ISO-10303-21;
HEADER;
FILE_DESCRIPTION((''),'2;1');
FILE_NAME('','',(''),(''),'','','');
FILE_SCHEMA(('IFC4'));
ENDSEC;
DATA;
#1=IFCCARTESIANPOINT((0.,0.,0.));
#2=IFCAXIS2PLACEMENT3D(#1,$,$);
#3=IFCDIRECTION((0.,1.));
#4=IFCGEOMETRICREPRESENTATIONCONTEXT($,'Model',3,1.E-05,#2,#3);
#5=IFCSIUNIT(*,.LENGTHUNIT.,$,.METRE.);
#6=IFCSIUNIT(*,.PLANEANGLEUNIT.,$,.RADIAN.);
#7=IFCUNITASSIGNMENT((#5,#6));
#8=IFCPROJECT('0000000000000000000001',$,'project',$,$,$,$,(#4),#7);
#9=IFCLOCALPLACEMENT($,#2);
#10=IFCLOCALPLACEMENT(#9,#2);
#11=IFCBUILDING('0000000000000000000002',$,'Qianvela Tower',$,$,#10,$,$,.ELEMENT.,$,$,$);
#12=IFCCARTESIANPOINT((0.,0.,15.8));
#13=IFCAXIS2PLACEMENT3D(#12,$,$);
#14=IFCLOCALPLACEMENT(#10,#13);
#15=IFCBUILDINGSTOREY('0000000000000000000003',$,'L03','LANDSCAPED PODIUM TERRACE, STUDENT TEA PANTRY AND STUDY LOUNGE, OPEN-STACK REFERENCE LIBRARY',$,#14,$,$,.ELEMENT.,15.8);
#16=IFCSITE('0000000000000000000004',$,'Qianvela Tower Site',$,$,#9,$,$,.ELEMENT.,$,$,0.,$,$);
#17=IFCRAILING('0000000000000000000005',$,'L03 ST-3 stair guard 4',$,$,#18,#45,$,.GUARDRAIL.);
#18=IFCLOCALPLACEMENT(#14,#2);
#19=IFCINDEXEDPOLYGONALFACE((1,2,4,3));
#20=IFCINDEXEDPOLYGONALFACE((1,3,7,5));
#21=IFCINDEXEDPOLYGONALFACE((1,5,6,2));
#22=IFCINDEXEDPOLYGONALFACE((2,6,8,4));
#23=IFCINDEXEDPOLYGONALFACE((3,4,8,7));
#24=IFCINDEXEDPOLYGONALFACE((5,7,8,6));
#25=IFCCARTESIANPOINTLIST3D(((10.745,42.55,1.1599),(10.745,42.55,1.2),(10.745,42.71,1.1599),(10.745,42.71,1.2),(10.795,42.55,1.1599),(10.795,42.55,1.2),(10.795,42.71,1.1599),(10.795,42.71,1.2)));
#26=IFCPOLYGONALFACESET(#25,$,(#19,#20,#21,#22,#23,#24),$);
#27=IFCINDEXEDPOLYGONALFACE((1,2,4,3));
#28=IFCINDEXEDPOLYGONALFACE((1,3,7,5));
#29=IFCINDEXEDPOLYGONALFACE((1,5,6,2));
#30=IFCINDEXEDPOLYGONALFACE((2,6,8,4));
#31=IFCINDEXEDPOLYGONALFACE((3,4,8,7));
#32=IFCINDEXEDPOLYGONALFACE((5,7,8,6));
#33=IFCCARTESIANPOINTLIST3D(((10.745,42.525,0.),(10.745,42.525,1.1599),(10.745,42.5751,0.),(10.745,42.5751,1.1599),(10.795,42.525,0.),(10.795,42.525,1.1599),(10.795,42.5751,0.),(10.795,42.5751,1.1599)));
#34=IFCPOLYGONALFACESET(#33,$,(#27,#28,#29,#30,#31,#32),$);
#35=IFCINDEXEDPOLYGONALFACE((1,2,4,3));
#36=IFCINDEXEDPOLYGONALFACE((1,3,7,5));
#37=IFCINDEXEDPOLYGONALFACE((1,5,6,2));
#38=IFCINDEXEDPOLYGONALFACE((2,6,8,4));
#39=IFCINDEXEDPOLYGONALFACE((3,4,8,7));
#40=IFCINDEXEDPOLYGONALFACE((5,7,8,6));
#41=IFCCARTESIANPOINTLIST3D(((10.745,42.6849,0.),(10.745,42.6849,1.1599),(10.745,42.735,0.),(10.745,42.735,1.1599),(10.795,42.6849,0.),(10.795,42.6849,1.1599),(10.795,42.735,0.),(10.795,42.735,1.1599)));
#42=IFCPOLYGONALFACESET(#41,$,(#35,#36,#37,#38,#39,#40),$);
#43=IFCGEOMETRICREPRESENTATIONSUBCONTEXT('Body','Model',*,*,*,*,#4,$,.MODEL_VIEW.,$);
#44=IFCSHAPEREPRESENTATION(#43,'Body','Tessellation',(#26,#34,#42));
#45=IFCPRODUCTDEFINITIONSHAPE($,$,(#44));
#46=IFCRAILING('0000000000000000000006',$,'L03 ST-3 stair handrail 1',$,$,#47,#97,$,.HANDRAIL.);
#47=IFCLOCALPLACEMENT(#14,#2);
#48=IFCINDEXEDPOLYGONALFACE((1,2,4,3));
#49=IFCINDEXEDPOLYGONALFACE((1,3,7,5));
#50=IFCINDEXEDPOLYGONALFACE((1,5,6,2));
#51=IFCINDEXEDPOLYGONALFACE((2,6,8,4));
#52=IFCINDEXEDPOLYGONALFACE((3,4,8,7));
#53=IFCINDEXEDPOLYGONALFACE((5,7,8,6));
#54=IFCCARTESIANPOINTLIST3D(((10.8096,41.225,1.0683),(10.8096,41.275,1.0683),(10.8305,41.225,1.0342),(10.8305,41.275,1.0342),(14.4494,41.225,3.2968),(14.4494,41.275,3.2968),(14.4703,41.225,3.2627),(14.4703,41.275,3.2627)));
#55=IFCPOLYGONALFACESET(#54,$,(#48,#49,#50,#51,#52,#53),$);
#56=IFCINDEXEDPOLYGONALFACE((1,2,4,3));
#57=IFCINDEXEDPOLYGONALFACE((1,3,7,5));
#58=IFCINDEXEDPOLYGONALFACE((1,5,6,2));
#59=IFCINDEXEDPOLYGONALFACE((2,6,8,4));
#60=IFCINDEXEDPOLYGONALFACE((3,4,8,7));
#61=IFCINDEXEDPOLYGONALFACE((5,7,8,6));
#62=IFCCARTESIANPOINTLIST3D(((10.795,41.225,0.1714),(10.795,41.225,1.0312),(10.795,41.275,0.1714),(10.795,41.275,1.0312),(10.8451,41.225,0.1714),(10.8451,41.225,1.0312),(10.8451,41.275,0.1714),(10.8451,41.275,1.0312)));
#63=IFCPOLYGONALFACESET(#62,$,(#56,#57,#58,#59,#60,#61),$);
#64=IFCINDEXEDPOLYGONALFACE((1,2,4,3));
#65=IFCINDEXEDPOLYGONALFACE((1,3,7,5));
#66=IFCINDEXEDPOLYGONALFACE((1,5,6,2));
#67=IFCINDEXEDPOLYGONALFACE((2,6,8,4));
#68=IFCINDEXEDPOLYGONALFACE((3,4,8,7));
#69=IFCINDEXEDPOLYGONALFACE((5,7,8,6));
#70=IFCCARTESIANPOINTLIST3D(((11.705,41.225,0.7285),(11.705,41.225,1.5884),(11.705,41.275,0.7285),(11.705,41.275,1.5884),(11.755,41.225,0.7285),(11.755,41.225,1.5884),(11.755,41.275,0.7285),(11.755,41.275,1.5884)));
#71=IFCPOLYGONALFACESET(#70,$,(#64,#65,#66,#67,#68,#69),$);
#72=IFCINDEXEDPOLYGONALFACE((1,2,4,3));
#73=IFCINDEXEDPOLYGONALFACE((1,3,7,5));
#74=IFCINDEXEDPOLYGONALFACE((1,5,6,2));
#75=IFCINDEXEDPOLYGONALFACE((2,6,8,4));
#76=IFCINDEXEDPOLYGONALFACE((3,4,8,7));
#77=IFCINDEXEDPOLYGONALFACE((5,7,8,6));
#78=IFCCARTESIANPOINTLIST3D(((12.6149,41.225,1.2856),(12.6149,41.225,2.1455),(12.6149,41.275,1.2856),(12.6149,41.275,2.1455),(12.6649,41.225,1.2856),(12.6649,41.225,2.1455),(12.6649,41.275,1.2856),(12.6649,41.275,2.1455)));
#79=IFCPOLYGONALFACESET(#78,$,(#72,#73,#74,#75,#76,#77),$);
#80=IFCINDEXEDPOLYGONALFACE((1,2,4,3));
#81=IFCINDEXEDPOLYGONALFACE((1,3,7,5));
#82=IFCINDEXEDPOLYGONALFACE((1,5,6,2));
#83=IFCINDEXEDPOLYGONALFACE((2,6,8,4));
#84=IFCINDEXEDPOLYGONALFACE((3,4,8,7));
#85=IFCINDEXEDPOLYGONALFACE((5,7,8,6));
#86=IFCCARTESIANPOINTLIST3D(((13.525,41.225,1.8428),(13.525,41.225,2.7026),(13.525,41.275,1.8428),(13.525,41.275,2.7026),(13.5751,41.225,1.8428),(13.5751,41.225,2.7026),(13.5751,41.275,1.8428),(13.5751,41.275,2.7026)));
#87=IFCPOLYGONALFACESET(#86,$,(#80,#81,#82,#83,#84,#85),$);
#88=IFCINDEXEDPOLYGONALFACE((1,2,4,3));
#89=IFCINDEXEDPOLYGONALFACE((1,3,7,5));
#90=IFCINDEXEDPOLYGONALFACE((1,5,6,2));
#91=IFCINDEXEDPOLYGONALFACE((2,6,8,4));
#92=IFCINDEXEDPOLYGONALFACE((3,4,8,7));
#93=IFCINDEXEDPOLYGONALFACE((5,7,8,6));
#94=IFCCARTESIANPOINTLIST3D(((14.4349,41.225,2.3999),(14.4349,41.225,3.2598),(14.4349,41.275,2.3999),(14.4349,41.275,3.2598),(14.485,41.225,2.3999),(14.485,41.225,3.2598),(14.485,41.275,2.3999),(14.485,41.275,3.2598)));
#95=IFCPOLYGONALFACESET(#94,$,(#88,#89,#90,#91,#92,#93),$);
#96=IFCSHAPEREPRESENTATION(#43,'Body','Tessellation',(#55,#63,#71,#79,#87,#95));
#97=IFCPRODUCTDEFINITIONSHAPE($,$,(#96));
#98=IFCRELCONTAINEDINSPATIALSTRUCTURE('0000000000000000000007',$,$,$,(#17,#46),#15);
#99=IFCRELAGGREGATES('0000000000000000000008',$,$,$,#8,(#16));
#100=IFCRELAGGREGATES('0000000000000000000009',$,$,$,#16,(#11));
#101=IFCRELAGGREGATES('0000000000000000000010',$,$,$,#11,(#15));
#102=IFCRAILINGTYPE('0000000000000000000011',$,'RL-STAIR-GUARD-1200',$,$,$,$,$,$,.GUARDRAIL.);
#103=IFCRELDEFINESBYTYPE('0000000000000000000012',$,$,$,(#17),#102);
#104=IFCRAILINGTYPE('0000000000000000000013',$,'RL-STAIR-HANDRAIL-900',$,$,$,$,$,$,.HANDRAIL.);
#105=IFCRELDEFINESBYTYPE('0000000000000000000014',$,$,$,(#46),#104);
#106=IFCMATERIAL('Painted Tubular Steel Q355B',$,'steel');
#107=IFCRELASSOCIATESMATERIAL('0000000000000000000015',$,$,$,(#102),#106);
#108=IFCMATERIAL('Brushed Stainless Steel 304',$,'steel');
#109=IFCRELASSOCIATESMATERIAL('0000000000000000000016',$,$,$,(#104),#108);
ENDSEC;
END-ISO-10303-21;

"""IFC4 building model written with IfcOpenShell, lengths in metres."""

from ifc_helpers import new_model, si_unit, direction, frame, origin, origin_2d, place, context, subcontext, project, spatial, rectangle, extrude, material, type_object, element, save


model = new_model("IFC4")

# Units and contexts
model_context = context("Model", 3, precision=1e-05, world=origin(), true_north=direction((0.0, 1.0)))
body_context = subcontext(model_context, "Body", "Model", "MODEL_VIEW")
ifc_project = project(units=[si_unit("LENGTHUNIT", "METRE"), si_unit("PLANEANGLEUNIT", "RADIAN")], contexts=[model_context])

# Site, building, storey
site_placement = place(None, origin())
site = spatial("IfcSite", under=ifc_project, at=site_placement, Name="Qianvela Tower Site", CompositionType="ELEMENT", RefElevation=0.0)
building_placement = place(site_placement, origin())
building = spatial("IfcBuilding", under=site, at=building_placement, Name="Qianvela Tower", CompositionType="ELEMENT")
storey_placement = place(building_placement, frame((0.0, 0.0, 15.8)))
storey = spatial("IfcBuildingStorey", under=building, at=storey_placement, Name="L03", Description="LANDSCAPED PODIUM TERRACE, STUDENT TEA PANTRY AND STUDY LOUNGE, OPEN-STACK REFERENCE LIBRARY", CompositionType="ELEMENT", Elevation=15.8)

# Railings
ifc_material_1 = material(Name="Painted Tubular Steel Q355B", Category="steel")
railing_type_1 = type_object("IfcRailingType", Name="RL-STAIR-GUARD-1200", PredefinedType="GUARDRAIL", material=ifc_material_1)
railing_1_placement = place(storey_placement, frame((10.77, 42.55, 0.0)))
element("IfcRailing", 1, at=railing_1_placement, inside=storey, type_object=railing_type_1, Name="L03 ST-3 stair guard 4", PredefinedType="GUARDRAIL", context=body_context, shape_type="SweptSolid", body=[
    extrude(rectangle(XDim=0.05, YDim=0.04, at=origin_2d()), frame((0.0, 0.0, 1.1799), z_axis=(0.0, 1.0, 0.0), x_axis=(-1.0, 0.0, 0.0)), (0.0, 0.0, 1.0), 0.1599),
    extrude(rectangle(XDim=0.05, YDim=0.05, at=origin_2d()), origin(), (0.0, 0.0, 1.0), 1.1599),
    extrude(rectangle(XDim=0.05, YDim=0.05, at=origin_2d()), frame((0.0, 0.1599, 0.0)), (0.0, 0.0, 1.0), 1.1599),
])
ifc_material_2 = material(Name="Brushed Stainless Steel 304", Category="steel")
railing_type_2 = type_object("IfcRailingType", Name="RL-STAIR-HANDRAIL-900", PredefinedType="HANDRAIL", material=ifc_material_2)
railing_2_placement = place(storey_placement, frame((10.8201, 41.25, 0.1714)))
element("IfcRailing", 2, at=railing_2_placement, inside=storey, type_object=railing_type_2, Name="L03 ST-3 stair handrail 1", PredefinedType="HANDRAIL", context=body_context, shape_type="SweptSolid", body=[
    extrude(rectangle(XDim=0.05, YDim=0.04, at=origin_2d()), frame((0.0, 0.0, 0.8799), z_axis=(0.85285, 0.0, 0.522156), x_axis=(0.0, 1.0, 0.0)), (0.0, 0.0, 1.0), 4.2678),
    extrude(rectangle(XDim=0.05, YDim=0.05, at=origin_2d()), origin(), (0.0, 0.0, 1.0), 0.8599),
    extrude(rectangle(XDim=0.05, YDim=0.05, at=origin_2d()), frame((0.9099, 0.0, 0.5571)), (0.0, 0.0, 1.0), 0.8599),
    extrude(rectangle(XDim=0.05, YDim=0.05, at=origin_2d()), frame((1.8198, 0.0, 1.1143)), (0.0, 0.0, 1.0), 0.8599),
    extrude(rectangle(XDim=0.05, YDim=0.05, at=origin_2d()), frame((2.73, 0.0, 1.6714)), (0.0, 0.0, 1.0), 0.8599),
    extrude(rectangle(XDim=0.05, YDim=0.05, at=origin_2d()), frame((3.6399, 0.0, 2.2285)), (0.0, 0.0, 1.0), 0.8599),
])

save(model, "model.ifc")
